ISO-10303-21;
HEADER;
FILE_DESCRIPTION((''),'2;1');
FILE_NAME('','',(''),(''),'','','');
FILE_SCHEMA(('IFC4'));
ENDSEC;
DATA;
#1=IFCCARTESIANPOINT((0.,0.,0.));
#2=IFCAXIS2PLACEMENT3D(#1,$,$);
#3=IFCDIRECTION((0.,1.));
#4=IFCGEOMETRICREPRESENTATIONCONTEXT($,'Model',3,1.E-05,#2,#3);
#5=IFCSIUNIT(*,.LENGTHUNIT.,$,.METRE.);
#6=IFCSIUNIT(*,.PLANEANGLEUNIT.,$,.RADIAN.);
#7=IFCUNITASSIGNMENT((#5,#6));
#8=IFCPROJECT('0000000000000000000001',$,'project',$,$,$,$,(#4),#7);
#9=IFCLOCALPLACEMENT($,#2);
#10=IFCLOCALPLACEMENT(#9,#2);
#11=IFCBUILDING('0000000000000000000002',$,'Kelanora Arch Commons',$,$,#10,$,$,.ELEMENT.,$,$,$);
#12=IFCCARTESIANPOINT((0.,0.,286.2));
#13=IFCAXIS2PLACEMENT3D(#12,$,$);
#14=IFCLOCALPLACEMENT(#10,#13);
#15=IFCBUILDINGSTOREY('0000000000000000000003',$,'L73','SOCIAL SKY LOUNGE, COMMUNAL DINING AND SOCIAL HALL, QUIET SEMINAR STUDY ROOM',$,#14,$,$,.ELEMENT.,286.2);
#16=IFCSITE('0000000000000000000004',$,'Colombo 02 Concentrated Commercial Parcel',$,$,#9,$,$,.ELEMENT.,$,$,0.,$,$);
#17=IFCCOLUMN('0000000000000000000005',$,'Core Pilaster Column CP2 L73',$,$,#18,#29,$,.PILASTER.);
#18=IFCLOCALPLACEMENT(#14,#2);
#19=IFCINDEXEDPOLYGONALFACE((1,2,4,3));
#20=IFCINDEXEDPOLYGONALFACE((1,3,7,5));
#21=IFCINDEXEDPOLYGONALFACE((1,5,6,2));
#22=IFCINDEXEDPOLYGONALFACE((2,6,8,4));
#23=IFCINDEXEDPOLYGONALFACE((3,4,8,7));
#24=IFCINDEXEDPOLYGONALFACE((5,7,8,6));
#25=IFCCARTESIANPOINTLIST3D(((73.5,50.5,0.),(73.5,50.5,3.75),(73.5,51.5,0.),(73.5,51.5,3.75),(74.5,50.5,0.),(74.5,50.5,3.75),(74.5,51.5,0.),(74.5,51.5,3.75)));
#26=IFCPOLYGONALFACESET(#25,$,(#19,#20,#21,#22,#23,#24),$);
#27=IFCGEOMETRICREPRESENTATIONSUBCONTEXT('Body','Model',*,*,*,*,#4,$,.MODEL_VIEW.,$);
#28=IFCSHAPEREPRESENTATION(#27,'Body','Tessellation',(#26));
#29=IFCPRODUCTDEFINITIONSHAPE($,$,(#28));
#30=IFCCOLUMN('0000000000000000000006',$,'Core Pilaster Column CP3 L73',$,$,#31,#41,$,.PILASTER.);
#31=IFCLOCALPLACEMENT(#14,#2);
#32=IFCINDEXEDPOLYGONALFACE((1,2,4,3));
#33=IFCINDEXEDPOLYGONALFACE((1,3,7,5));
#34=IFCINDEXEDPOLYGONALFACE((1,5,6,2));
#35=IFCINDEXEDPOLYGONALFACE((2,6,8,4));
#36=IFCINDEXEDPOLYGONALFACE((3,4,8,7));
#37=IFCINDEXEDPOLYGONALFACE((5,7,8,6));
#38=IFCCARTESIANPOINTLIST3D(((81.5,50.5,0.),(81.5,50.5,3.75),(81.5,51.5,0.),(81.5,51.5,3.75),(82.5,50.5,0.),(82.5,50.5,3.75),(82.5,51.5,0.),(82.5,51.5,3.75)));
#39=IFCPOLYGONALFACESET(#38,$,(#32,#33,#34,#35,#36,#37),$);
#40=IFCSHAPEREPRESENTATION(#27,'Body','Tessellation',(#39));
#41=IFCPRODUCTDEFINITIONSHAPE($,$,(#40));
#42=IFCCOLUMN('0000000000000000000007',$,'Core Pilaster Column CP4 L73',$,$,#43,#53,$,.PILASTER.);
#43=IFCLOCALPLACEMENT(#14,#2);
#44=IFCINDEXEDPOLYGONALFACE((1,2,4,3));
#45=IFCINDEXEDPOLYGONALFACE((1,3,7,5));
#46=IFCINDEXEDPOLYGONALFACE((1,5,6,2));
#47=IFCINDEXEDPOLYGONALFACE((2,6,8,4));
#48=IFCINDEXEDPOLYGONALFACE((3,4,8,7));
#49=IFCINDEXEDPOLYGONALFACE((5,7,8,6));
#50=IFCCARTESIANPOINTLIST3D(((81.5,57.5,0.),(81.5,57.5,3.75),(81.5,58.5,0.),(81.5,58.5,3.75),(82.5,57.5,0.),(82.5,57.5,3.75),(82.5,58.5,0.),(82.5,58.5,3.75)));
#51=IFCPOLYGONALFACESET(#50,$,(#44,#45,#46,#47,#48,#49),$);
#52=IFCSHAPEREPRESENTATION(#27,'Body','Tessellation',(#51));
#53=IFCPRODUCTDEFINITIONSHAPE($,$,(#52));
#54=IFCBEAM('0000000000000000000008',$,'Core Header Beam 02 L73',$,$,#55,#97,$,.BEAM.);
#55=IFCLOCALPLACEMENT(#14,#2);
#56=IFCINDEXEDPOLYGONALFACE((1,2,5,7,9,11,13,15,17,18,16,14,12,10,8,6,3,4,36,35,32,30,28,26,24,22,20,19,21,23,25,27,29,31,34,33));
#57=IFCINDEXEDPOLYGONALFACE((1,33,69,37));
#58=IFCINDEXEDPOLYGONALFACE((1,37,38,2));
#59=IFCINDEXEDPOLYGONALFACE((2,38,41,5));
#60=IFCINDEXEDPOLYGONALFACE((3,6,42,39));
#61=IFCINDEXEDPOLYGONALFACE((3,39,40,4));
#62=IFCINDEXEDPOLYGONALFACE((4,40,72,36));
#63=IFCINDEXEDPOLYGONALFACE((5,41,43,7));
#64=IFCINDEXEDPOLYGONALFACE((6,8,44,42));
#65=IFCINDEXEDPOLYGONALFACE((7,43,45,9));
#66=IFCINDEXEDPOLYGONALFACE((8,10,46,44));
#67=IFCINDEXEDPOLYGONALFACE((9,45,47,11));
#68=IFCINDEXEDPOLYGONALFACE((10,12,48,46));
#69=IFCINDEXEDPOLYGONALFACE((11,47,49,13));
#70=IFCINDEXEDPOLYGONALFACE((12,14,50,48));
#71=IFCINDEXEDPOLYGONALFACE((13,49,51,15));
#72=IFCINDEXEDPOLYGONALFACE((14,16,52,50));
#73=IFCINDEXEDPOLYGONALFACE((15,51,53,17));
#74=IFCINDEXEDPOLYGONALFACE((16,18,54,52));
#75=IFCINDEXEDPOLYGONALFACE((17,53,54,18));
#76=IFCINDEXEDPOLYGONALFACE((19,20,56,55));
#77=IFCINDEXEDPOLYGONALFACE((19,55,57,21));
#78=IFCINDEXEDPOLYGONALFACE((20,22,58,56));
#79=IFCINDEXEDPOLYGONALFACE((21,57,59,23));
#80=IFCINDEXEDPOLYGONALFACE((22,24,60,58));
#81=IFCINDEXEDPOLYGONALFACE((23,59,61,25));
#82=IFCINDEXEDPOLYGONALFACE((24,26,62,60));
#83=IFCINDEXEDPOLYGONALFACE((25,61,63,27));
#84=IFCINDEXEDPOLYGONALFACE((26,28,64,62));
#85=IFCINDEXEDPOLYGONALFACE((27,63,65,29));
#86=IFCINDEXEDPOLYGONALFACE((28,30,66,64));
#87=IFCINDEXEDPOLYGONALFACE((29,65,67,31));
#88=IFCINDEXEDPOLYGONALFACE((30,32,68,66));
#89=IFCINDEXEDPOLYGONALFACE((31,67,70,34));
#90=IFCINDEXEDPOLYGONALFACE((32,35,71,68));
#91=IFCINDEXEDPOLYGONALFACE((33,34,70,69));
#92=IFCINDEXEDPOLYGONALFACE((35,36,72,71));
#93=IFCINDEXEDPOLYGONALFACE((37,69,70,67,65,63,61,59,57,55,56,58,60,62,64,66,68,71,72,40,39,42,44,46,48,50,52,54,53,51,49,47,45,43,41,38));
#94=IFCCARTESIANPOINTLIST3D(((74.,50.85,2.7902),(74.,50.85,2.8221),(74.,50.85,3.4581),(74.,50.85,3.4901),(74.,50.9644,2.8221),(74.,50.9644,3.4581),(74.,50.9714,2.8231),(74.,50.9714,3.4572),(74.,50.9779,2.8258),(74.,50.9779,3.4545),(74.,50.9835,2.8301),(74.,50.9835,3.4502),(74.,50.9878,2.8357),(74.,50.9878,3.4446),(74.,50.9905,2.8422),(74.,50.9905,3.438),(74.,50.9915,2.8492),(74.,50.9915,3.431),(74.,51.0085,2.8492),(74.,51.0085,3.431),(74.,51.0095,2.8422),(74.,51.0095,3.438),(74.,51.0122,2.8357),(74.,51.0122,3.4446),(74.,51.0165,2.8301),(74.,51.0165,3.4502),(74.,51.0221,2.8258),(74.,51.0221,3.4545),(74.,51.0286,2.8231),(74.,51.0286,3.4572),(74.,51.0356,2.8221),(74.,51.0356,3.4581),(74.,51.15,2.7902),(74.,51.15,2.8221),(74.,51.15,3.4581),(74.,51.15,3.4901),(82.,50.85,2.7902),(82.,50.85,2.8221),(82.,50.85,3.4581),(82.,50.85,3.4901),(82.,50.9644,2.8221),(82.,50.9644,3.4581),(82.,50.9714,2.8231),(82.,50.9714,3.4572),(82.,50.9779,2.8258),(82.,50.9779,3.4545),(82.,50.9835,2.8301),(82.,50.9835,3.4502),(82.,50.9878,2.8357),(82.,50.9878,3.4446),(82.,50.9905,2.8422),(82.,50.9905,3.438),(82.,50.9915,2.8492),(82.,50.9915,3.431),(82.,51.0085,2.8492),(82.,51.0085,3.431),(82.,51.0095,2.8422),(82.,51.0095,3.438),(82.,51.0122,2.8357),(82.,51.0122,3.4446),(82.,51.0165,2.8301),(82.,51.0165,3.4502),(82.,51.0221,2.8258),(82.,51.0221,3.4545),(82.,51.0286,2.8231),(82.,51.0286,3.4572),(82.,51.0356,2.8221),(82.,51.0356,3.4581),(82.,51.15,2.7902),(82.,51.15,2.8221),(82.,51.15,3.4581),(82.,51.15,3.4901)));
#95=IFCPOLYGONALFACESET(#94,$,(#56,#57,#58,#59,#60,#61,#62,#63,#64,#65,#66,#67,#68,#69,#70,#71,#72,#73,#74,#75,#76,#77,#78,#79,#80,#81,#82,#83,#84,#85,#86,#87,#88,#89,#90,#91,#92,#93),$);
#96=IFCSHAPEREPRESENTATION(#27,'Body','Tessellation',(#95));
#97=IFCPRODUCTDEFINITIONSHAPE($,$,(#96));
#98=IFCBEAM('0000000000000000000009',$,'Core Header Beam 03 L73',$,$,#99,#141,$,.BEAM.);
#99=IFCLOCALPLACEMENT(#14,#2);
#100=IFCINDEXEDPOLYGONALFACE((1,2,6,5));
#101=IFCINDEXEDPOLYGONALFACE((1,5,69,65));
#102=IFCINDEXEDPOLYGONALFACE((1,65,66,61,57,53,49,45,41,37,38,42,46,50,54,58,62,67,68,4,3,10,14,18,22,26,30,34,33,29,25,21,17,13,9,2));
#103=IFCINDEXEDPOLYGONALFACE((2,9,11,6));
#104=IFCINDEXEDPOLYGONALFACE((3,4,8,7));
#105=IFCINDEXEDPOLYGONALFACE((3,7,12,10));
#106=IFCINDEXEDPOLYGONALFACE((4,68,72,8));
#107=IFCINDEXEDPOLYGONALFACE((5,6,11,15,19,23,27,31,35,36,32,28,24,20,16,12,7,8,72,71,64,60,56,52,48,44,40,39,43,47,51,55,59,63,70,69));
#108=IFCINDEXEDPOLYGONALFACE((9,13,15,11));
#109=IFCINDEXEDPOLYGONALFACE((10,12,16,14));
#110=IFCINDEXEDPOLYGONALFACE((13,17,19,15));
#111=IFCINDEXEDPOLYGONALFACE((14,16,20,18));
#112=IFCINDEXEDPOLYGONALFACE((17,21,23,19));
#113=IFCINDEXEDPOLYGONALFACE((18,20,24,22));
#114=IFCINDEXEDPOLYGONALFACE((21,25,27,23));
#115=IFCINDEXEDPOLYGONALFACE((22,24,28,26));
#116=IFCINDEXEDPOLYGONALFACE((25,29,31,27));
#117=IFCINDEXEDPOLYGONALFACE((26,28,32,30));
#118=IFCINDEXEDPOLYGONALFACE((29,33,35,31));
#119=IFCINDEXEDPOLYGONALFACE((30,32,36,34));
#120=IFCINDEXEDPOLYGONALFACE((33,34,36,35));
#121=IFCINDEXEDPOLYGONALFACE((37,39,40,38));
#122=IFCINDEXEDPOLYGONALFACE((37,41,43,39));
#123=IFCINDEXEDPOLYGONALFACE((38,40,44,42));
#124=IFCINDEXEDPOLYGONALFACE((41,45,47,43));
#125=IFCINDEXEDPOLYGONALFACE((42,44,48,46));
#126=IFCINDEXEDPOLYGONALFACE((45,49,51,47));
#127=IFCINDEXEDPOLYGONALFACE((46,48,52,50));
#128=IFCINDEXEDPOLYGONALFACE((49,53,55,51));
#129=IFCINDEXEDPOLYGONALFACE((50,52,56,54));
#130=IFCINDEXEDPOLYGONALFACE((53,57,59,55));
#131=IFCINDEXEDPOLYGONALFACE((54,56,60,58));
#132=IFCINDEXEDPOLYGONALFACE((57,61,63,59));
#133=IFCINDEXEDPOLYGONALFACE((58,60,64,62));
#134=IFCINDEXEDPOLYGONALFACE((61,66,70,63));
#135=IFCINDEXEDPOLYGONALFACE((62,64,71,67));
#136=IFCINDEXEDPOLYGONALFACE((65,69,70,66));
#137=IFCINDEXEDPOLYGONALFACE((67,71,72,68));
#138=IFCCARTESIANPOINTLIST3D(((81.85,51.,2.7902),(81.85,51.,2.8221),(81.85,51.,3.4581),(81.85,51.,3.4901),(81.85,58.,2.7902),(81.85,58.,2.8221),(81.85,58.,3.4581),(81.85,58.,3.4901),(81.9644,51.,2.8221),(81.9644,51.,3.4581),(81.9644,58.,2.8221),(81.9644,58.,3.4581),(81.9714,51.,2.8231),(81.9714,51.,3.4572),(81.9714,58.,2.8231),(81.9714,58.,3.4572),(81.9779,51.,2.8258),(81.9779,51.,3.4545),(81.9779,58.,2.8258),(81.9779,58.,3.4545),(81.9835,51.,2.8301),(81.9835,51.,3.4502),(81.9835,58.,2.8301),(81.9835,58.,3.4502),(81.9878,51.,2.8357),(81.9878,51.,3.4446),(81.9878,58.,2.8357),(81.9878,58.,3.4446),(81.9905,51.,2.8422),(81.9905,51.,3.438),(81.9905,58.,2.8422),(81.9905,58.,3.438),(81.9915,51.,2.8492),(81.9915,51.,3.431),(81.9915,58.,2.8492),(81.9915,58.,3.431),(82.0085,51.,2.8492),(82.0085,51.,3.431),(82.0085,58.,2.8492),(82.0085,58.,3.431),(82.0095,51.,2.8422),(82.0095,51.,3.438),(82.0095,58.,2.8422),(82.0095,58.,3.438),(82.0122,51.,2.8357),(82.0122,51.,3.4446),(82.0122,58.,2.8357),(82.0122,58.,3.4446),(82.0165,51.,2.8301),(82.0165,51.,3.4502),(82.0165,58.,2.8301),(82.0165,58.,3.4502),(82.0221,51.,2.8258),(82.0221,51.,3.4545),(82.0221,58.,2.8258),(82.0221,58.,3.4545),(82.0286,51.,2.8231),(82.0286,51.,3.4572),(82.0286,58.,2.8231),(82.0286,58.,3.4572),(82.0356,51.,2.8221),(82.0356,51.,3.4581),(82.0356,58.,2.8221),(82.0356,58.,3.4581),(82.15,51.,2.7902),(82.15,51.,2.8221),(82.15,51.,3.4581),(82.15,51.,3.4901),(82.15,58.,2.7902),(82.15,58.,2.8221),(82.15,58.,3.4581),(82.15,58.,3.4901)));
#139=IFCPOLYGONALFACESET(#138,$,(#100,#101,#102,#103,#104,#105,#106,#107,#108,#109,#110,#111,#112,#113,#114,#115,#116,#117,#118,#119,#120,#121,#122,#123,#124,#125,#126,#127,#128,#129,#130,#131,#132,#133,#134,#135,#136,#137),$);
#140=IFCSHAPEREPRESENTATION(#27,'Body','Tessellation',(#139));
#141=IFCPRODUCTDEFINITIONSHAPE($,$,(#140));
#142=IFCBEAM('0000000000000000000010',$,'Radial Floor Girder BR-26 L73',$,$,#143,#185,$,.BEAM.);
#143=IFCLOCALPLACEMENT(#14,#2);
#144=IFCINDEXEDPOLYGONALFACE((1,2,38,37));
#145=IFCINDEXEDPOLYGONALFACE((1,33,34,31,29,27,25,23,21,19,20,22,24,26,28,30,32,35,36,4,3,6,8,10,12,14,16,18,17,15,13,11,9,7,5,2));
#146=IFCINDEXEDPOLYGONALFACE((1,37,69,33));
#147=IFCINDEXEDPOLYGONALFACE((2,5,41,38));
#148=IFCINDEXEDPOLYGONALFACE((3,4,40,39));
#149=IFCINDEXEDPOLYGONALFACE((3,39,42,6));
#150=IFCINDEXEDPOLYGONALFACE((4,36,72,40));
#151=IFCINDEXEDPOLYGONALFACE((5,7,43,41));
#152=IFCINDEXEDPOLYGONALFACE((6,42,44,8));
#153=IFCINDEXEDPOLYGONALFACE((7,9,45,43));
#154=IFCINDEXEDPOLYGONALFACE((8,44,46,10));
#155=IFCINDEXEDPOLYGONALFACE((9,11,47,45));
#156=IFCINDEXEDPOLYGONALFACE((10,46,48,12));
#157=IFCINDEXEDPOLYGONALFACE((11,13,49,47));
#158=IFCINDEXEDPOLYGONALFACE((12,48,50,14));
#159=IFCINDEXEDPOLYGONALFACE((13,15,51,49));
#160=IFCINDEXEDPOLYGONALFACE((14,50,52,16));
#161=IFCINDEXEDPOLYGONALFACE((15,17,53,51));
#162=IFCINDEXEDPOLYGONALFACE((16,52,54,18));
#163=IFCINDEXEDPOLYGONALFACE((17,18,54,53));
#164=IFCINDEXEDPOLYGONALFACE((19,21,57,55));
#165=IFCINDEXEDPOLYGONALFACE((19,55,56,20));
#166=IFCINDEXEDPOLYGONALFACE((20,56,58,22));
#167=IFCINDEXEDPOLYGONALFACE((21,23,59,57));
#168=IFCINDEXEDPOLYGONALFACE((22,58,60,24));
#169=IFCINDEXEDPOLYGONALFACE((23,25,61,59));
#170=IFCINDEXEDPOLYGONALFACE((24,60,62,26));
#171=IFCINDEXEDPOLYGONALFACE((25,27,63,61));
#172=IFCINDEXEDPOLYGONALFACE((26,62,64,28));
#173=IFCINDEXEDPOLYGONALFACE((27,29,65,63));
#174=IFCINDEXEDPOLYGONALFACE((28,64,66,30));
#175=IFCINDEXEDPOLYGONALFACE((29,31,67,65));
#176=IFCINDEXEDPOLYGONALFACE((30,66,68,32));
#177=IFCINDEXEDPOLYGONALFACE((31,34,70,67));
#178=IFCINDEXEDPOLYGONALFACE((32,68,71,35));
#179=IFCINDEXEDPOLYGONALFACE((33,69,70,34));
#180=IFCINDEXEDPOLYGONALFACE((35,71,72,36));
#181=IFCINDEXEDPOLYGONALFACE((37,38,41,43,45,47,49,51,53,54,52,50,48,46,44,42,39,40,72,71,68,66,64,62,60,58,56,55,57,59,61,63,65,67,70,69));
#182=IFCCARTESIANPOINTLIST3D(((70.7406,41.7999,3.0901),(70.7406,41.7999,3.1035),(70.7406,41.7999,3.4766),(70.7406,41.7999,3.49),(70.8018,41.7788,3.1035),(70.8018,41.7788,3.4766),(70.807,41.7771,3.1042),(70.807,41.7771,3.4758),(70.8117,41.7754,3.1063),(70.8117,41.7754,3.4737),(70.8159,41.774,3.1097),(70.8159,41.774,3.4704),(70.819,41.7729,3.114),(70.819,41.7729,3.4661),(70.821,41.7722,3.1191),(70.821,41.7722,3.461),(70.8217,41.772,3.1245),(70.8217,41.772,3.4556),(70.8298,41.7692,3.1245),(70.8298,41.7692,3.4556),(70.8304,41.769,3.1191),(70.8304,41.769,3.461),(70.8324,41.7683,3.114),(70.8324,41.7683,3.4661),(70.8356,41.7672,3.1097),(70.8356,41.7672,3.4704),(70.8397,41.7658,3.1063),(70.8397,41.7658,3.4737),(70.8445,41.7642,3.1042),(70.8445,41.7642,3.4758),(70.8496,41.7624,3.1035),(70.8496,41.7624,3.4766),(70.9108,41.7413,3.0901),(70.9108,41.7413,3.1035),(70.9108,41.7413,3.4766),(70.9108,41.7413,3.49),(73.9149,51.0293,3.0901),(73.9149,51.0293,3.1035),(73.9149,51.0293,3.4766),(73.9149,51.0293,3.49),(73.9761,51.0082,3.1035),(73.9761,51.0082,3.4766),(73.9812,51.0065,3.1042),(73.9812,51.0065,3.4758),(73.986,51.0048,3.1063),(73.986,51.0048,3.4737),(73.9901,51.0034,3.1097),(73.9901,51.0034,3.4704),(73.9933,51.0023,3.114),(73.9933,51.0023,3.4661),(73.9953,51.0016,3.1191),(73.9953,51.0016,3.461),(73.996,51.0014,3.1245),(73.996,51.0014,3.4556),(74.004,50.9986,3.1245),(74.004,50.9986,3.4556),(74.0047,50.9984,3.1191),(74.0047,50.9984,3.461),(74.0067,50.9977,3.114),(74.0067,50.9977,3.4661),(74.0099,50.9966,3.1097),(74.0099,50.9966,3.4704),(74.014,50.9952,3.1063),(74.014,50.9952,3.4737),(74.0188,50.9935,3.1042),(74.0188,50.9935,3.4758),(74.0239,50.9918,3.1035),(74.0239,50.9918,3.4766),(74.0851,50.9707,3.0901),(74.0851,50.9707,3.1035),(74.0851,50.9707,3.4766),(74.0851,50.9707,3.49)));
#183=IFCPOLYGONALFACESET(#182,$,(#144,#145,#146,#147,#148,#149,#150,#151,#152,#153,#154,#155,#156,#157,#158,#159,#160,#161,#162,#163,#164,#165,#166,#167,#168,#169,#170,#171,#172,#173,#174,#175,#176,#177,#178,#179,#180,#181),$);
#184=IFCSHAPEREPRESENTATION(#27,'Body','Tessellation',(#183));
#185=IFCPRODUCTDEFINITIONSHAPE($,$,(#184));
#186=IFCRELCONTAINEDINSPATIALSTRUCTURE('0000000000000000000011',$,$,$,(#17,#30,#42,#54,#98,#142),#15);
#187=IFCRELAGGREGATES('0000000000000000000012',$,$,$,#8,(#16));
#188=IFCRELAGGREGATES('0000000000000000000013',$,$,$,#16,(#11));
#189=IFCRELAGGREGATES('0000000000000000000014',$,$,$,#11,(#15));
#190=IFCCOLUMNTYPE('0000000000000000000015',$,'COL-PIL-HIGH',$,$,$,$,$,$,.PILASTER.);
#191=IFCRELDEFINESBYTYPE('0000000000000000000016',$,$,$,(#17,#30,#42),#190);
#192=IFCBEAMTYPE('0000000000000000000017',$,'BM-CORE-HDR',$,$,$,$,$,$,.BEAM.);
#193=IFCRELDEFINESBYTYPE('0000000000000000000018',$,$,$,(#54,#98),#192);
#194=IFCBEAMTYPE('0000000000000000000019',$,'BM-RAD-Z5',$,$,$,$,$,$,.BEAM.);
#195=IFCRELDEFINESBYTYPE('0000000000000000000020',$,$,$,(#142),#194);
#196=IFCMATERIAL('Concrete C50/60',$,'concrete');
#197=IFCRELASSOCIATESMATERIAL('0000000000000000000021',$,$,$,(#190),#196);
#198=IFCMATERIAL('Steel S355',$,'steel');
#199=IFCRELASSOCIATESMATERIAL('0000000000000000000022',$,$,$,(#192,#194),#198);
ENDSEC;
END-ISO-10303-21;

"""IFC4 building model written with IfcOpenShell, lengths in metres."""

from ifc_helpers import new_model, si_unit, direction, frame, origin, origin_2d, place, context, subcontext, project, spatial, rectangle, i_section, extrude, material, material_profile, profile_set, type_object, element, save


model = new_model("IFC4")

# Units and contexts
model_context = context("Model", 3, precision=1e-05, world=origin(), true_north=direction((0.0, 1.0)))
body_context = subcontext(model_context, "Body", "Model", "MODEL_VIEW")
ifc_project = project(units=[si_unit("LENGTHUNIT", "METRE"), si_unit("PLANEANGLEUNIT", "RADIAN")], contexts=[model_context])

# Site, building, storey
site_placement = place(None, origin())
site = spatial("IfcSite", under=ifc_project, at=site_placement, Name="Colombo 02 Concentrated Commercial Parcel", CompositionType="ELEMENT", RefElevation=0.0)
building_placement = place(site_placement, origin())
building = spatial("IfcBuilding", under=site, at=building_placement, Name="Kelanora Arch Commons", CompositionType="ELEMENT")
storey_placement = place(building_placement, frame((0.0, 0.0, 286.2)))
storey = spatial("IfcBuildingStorey", under=building, at=storey_placement, Name="L73", Description="SOCIAL SKY LOUNGE, COMMUNAL DINING AND SOCIAL HALL, QUIET SEMINAR STUDY ROOM", CompositionType="ELEMENT", Elevation=286.2)

# Columns
ifc_material_1 = material(Name="Concrete C50/60", Category="concrete")
ifc_material_profile_1 = material_profile(ifc_material_1, rectangle(XDim=1.0, YDim=1.0, at=origin_2d()), Name="RC1000x1000")
ifc_profile_set_1 = profile_set([ifc_material_profile_1], Name="Concrete C50/60")
column_type = type_object("IfcColumnType", Name="COL-PIL-HIGH", PredefinedType="PILASTER", material=ifc_profile_set_1)
for number, where, z_axis, x_axis, name in (
    (1, (74.0, 51.0, 0.0), (0.0, 0.0, 1.0), (1.0, 0.0, 0.0), "Core Pilaster Column CP2 L73"),
    (2, (82.0, 51.0, 0.0), (0.0, 0.0, 1.0), (1.0, 0.0, 0.0), "Core Pilaster Column CP3 L73"),
    (3, (82.0, 58.0, 0.0), (0.0, 0.0, 1.0), (1.0, 0.0, 0.0), "Core Pilaster Column CP4 L73"),
):
    element("IfcColumn", number, at=place(storey_placement, frame(where, z_axis=z_axis, x_axis=x_axis)), inside=storey, type_object=column_type, Name=name, PredefinedType="PILASTER", context=body_context, shape_type="SweptSolid", body=[
        extrude(rectangle(XDim=1.0, YDim=1.0, at=origin_2d()), origin(), (0.0, 0.0, 1.0), 3.75),
    ])

# Beams
ifc_material_2 = material(Name="Steel S355", Category="steel")
ifc_material_profile_2 = material_profile(ifc_material_2, i_section(OverallWidth=0.3, OverallDepth=0.7, WebThickness=0.0171, FlangeThickness=0.032, FilletRadius=0.0271, at=origin_2d()), Name="HEB700")
ifc_profile_set_2 = profile_set([ifc_material_profile_2], Name="Steel S355")
beam_type_1 = type_object("IfcBeamType", Name="BM-CORE-HDR", PredefinedType="BEAM", material=ifc_profile_set_2)
beam_1_placement = place(storey_placement, frame((74.0, 51.0, 3.1401), z_axis=(1.0, 0.0, 0.0), x_axis=(0.0, 1.0, 0.0)))
element("IfcBeam", 4, at=beam_1_placement, inside=storey, type_object=beam_type_1, Name="Core Header Beam 02 L73", PredefinedType="BEAM", context=body_context, shape_type="SweptSolid", body=[
    extrude(i_section(OverallWidth=0.3, OverallDepth=0.7, WebThickness=0.0171, FlangeThickness=0.032, FilletRadius=0.0271, at=origin_2d()), origin(), (0.0, 0.0, 1.0), 8.0),
])
beam_2_placement = place(storey_placement, frame((82.0, 51.0, 3.1401), z_axis=(0.0, 1.0, 0.0), x_axis=(-1.0, 0.0, 0.0)))
element("IfcBeam", 5, at=beam_2_placement, inside=storey, type_object=beam_type_1, Name="Core Header Beam 03 L73", PredefinedType="BEAM", context=body_context, shape_type="SweptSolid", body=[
    extrude(i_section(OverallWidth=0.3, OverallDepth=0.7, WebThickness=0.0171, FlangeThickness=0.032, FilletRadius=0.0271, at=origin_2d()), origin(), (0.0, 0.0, 1.0), 7.0),
])
ifc_material_profile_3 = material_profile(ifc_material_2, i_section(OverallWidth=0.1799, OverallDepth=0.3999, WebThickness=0.0085, FlangeThickness=0.0134, FilletRadius=0.021, at=origin_2d()), Name="IPE400")
ifc_profile_set_3 = profile_set([ifc_material_profile_3], Name="Steel S355")
beam_type_2 = type_object("IfcBeamType", Name="BM-RAD-Z5", PredefinedType="BEAM", material=ifc_profile_set_3)
for number, where, z_axis, x_axis, name in (
    (6, (74.0, 51.0, 3.29), (-0.325234, -0.945634, 0.0), (0.945634, -0.325234, 0.0), "Radial Floor Girder BR-26 L73"),
):
    element("IfcBeam", number, at=place(storey_placement, frame(where, z_axis=z_axis, x_axis=x_axis)), inside=storey, type_object=beam_type_2, Name=name, PredefinedType="BEAM", context=body_context, shape_type="SweptSolid", body=[
        extrude(i_section(OverallWidth=0.1799, OverallDepth=0.3999, WebThickness=0.0085, FlangeThickness=0.0134, FilletRadius=0.021, at=origin_2d()), origin(), (0.0, 0.0, 1.0), 9.76),
    ])

save(model, "model.ifc")
